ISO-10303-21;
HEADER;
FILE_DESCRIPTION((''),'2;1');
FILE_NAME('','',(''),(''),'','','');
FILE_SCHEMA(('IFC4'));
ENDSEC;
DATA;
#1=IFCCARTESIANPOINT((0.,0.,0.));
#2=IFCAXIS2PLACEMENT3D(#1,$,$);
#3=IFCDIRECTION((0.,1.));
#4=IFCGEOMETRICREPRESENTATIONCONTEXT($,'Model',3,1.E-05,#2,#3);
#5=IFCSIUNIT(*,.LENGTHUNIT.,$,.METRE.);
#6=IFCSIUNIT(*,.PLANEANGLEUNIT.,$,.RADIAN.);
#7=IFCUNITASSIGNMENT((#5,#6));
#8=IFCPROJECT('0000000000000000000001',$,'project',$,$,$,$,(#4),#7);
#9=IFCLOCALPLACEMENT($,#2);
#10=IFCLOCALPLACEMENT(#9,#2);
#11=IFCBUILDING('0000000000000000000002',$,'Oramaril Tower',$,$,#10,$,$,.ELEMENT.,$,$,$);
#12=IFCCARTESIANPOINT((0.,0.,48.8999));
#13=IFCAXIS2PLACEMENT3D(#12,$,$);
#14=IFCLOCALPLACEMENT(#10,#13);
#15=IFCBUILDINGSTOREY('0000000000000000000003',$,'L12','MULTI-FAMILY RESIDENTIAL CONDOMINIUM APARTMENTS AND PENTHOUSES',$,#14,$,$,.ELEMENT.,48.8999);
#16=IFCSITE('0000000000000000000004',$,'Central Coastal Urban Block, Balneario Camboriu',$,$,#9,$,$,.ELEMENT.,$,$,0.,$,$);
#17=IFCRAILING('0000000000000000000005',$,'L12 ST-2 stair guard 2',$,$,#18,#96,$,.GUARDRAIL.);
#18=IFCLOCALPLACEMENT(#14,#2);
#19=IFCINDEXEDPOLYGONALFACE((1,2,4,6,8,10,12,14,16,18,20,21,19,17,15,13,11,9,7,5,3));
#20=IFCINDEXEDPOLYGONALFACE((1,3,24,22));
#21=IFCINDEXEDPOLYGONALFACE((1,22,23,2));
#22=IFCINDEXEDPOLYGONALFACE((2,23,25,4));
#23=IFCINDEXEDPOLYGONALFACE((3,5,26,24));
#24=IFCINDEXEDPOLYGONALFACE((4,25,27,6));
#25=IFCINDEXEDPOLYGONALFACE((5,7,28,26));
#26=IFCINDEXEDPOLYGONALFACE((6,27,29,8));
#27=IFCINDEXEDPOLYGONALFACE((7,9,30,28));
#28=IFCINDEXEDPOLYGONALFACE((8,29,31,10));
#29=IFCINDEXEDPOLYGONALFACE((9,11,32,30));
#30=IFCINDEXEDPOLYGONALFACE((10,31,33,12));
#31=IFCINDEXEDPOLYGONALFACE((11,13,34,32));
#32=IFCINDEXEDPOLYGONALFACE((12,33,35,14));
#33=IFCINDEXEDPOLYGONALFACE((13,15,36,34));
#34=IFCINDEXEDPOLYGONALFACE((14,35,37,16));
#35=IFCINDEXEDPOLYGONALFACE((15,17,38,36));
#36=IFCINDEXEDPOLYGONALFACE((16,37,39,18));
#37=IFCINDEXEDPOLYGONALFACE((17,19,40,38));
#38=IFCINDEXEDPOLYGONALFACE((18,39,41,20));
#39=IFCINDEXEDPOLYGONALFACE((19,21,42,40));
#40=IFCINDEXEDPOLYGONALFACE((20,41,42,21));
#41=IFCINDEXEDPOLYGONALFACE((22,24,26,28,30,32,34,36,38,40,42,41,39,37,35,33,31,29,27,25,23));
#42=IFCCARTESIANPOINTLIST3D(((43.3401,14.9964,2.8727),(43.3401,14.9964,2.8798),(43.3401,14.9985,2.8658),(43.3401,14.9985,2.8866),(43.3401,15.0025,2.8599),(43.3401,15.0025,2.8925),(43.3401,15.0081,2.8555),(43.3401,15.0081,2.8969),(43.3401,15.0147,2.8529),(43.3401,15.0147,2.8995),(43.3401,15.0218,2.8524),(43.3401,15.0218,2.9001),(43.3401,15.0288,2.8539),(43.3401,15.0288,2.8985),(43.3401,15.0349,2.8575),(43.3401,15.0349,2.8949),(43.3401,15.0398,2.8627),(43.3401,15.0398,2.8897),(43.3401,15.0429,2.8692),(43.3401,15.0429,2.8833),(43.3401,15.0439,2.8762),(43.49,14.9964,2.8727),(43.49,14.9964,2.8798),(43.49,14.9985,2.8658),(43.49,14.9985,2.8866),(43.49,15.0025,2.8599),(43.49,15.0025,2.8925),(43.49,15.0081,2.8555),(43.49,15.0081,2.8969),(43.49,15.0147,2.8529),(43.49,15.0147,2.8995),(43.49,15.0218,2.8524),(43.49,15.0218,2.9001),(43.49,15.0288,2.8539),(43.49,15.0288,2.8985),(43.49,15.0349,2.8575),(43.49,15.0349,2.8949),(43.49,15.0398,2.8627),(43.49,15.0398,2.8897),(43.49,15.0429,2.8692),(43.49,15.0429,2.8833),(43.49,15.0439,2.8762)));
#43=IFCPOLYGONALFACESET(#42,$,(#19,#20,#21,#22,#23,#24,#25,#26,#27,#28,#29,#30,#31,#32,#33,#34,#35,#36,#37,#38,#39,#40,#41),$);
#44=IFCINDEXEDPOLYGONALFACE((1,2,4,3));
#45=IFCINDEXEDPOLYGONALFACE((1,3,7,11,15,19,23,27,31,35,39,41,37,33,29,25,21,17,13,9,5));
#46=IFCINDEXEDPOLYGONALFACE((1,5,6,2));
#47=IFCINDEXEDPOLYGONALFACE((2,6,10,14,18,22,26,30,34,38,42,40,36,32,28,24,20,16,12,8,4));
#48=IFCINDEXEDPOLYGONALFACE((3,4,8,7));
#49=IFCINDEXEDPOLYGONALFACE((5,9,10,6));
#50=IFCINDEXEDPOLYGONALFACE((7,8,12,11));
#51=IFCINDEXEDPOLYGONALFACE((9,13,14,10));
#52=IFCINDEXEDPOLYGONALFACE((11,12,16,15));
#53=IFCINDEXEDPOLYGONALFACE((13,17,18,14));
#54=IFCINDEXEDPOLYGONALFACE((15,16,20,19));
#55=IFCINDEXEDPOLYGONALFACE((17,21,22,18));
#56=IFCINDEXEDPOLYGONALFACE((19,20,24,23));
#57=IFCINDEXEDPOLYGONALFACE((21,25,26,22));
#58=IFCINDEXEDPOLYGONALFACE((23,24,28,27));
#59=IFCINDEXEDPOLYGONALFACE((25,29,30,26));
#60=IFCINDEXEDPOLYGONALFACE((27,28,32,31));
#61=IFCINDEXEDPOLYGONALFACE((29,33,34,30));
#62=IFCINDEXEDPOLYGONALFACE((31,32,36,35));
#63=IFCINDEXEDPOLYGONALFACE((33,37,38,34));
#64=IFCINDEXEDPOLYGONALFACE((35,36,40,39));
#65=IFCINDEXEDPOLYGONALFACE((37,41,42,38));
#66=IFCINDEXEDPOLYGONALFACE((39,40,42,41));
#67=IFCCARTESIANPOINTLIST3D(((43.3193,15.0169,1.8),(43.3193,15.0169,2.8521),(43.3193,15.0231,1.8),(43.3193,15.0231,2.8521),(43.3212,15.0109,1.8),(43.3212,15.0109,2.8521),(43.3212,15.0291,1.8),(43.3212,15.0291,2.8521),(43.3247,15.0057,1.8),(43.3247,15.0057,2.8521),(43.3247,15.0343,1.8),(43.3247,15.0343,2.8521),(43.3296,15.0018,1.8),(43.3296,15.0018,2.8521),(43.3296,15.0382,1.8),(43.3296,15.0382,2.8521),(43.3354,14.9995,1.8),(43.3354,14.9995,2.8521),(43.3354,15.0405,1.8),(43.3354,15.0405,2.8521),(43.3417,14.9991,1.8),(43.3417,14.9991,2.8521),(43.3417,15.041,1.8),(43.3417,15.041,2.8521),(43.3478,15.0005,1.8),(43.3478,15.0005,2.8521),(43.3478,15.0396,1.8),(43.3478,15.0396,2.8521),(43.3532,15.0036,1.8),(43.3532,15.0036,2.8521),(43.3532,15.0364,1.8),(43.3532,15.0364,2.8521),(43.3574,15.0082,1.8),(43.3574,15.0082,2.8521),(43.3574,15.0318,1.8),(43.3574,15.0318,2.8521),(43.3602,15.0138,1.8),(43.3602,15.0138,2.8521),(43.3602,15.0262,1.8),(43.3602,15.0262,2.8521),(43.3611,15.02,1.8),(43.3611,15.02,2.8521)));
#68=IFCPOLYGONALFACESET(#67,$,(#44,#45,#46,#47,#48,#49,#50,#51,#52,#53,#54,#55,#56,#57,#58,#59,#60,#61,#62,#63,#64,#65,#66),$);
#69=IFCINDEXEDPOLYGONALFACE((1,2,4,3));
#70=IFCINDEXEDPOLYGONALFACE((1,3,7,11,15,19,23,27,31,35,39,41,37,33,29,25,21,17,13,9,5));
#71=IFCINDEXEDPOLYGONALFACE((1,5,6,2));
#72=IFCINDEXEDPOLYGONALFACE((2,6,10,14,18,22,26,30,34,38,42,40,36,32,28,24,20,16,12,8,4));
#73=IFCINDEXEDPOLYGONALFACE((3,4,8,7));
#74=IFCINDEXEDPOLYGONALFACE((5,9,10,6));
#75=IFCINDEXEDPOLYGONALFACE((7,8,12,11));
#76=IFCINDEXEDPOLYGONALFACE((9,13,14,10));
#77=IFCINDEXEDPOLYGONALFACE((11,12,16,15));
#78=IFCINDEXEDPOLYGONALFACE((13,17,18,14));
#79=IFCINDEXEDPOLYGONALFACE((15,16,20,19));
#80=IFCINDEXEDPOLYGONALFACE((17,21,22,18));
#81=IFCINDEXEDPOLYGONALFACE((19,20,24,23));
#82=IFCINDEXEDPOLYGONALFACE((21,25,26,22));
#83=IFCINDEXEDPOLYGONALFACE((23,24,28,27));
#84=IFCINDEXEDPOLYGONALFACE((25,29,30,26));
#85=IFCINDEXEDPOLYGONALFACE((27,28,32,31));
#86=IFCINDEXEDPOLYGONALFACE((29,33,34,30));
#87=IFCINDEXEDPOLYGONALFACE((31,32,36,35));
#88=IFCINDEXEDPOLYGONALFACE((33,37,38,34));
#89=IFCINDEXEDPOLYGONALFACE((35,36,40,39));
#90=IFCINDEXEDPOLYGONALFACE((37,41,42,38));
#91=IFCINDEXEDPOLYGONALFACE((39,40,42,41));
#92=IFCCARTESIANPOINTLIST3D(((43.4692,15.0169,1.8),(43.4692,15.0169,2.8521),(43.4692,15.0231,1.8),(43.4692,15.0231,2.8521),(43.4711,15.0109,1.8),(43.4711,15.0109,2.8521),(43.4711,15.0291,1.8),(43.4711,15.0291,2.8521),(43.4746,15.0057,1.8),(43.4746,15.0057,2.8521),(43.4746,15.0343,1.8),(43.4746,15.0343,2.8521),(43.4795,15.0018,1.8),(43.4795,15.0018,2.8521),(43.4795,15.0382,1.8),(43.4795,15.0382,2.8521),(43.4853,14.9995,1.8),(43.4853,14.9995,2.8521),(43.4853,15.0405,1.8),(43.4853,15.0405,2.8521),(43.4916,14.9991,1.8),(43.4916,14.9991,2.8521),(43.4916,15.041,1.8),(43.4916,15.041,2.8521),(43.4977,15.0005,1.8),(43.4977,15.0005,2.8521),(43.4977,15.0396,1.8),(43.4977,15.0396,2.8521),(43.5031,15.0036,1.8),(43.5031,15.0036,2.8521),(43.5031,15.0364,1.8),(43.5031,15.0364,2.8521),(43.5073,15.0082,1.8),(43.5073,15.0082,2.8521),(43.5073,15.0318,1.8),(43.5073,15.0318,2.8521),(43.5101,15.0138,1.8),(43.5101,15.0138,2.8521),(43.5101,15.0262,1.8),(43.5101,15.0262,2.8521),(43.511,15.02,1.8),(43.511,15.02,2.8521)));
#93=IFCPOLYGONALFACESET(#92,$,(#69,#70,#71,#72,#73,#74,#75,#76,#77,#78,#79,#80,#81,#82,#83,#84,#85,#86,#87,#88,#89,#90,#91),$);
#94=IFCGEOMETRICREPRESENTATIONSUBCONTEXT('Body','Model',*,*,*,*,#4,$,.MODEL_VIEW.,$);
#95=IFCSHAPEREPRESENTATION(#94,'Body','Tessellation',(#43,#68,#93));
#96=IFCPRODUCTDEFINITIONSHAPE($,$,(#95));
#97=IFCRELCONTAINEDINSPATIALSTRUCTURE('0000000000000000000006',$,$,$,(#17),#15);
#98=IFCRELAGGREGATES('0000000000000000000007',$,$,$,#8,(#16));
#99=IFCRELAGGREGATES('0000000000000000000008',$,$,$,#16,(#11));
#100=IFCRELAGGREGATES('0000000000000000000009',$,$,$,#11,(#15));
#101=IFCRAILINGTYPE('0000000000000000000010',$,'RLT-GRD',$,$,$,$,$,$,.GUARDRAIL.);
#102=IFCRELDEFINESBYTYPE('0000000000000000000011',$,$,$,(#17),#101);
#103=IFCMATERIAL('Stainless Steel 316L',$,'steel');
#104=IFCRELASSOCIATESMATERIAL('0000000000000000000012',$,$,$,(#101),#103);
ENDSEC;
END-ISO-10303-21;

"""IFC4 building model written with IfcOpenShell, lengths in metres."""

from ifc_helpers import new_model, si_unit, direction, frame, origin, origin_2d, place, context, subcontext, project, spatial, circle, extrude, material, type_object, element, save


model = new_model("IFC4")

# Units and contexts
model_context = context("Model", 3, precision=1e-05, world=origin(), true_north=direction((0.0, 1.0)))
body_context = subcontext(model_context, "Body", "Model", "MODEL_VIEW")
ifc_project = project(units=[si_unit("LENGTHUNIT", "METRE"), si_unit("PLANEANGLEUNIT", "RADIAN")], contexts=[model_context])

# Site, building, storey
site_placement = place(None, origin())
site = spatial("IfcSite", under=ifc_project, at=site_placement, Name="Central Coastal Urban Block, Balneario Camboriu", CompositionType="ELEMENT", RefElevation=0.0)
building_placement = place(site_placement, origin())
building = spatial("IfcBuilding", under=site, at=building_placement, Name="Oramaril Tower", CompositionType="ELEMENT")
storey_placement = place(building_placement, frame((0.0, 0.0, 48.8999)))
storey = spatial("IfcBuildingStorey", under=building, at=storey_placement, Name="L12", Description="MULTI-FAMILY RESIDENTIAL CONDOMINIUM APARTMENTS AND PENTHOUSES", CompositionType="ELEMENT", Elevation=48.8999)

# Railing
ifc_material_1 = material(Name="Stainless Steel 316L", Category="steel")
railing_type_1 = type_object("IfcRailingType", Name="RLT-GRD", PredefinedType="GUARDRAIL", material=ifc_material_1)
railing_1_placement = place(storey_placement, frame((43.3401, 15.02, 1.8)))
element("IfcRailing", 1, at=railing_1_placement, inside=storey, type_object=railing_type_1, Name="L12 ST-2 stair guard 2", PredefinedType="GUARDRAIL", context=body_context, shape_type="SweptSolid", body=[
    extrude(circle(Radius=0.0239, at=origin_2d()), frame((0.0, 0.0, 1.0762), z_axis=(1.0, 0.0, 0.0), x_axis=(0.0, 1.0, 0.0)), (0.0, 0.0, 1.0), 0.1499),
    extrude(circle(Radius=0.021, at=origin_2d()), origin(), (0.0, 0.0, 1.0), 1.052),
    extrude(circle(Radius=0.021, at=origin_2d()), frame((0.1499, 0.0, 0.0)), (0.0, 0.0, 1.0), 1.052),
])

save(model, "model.ifc")
